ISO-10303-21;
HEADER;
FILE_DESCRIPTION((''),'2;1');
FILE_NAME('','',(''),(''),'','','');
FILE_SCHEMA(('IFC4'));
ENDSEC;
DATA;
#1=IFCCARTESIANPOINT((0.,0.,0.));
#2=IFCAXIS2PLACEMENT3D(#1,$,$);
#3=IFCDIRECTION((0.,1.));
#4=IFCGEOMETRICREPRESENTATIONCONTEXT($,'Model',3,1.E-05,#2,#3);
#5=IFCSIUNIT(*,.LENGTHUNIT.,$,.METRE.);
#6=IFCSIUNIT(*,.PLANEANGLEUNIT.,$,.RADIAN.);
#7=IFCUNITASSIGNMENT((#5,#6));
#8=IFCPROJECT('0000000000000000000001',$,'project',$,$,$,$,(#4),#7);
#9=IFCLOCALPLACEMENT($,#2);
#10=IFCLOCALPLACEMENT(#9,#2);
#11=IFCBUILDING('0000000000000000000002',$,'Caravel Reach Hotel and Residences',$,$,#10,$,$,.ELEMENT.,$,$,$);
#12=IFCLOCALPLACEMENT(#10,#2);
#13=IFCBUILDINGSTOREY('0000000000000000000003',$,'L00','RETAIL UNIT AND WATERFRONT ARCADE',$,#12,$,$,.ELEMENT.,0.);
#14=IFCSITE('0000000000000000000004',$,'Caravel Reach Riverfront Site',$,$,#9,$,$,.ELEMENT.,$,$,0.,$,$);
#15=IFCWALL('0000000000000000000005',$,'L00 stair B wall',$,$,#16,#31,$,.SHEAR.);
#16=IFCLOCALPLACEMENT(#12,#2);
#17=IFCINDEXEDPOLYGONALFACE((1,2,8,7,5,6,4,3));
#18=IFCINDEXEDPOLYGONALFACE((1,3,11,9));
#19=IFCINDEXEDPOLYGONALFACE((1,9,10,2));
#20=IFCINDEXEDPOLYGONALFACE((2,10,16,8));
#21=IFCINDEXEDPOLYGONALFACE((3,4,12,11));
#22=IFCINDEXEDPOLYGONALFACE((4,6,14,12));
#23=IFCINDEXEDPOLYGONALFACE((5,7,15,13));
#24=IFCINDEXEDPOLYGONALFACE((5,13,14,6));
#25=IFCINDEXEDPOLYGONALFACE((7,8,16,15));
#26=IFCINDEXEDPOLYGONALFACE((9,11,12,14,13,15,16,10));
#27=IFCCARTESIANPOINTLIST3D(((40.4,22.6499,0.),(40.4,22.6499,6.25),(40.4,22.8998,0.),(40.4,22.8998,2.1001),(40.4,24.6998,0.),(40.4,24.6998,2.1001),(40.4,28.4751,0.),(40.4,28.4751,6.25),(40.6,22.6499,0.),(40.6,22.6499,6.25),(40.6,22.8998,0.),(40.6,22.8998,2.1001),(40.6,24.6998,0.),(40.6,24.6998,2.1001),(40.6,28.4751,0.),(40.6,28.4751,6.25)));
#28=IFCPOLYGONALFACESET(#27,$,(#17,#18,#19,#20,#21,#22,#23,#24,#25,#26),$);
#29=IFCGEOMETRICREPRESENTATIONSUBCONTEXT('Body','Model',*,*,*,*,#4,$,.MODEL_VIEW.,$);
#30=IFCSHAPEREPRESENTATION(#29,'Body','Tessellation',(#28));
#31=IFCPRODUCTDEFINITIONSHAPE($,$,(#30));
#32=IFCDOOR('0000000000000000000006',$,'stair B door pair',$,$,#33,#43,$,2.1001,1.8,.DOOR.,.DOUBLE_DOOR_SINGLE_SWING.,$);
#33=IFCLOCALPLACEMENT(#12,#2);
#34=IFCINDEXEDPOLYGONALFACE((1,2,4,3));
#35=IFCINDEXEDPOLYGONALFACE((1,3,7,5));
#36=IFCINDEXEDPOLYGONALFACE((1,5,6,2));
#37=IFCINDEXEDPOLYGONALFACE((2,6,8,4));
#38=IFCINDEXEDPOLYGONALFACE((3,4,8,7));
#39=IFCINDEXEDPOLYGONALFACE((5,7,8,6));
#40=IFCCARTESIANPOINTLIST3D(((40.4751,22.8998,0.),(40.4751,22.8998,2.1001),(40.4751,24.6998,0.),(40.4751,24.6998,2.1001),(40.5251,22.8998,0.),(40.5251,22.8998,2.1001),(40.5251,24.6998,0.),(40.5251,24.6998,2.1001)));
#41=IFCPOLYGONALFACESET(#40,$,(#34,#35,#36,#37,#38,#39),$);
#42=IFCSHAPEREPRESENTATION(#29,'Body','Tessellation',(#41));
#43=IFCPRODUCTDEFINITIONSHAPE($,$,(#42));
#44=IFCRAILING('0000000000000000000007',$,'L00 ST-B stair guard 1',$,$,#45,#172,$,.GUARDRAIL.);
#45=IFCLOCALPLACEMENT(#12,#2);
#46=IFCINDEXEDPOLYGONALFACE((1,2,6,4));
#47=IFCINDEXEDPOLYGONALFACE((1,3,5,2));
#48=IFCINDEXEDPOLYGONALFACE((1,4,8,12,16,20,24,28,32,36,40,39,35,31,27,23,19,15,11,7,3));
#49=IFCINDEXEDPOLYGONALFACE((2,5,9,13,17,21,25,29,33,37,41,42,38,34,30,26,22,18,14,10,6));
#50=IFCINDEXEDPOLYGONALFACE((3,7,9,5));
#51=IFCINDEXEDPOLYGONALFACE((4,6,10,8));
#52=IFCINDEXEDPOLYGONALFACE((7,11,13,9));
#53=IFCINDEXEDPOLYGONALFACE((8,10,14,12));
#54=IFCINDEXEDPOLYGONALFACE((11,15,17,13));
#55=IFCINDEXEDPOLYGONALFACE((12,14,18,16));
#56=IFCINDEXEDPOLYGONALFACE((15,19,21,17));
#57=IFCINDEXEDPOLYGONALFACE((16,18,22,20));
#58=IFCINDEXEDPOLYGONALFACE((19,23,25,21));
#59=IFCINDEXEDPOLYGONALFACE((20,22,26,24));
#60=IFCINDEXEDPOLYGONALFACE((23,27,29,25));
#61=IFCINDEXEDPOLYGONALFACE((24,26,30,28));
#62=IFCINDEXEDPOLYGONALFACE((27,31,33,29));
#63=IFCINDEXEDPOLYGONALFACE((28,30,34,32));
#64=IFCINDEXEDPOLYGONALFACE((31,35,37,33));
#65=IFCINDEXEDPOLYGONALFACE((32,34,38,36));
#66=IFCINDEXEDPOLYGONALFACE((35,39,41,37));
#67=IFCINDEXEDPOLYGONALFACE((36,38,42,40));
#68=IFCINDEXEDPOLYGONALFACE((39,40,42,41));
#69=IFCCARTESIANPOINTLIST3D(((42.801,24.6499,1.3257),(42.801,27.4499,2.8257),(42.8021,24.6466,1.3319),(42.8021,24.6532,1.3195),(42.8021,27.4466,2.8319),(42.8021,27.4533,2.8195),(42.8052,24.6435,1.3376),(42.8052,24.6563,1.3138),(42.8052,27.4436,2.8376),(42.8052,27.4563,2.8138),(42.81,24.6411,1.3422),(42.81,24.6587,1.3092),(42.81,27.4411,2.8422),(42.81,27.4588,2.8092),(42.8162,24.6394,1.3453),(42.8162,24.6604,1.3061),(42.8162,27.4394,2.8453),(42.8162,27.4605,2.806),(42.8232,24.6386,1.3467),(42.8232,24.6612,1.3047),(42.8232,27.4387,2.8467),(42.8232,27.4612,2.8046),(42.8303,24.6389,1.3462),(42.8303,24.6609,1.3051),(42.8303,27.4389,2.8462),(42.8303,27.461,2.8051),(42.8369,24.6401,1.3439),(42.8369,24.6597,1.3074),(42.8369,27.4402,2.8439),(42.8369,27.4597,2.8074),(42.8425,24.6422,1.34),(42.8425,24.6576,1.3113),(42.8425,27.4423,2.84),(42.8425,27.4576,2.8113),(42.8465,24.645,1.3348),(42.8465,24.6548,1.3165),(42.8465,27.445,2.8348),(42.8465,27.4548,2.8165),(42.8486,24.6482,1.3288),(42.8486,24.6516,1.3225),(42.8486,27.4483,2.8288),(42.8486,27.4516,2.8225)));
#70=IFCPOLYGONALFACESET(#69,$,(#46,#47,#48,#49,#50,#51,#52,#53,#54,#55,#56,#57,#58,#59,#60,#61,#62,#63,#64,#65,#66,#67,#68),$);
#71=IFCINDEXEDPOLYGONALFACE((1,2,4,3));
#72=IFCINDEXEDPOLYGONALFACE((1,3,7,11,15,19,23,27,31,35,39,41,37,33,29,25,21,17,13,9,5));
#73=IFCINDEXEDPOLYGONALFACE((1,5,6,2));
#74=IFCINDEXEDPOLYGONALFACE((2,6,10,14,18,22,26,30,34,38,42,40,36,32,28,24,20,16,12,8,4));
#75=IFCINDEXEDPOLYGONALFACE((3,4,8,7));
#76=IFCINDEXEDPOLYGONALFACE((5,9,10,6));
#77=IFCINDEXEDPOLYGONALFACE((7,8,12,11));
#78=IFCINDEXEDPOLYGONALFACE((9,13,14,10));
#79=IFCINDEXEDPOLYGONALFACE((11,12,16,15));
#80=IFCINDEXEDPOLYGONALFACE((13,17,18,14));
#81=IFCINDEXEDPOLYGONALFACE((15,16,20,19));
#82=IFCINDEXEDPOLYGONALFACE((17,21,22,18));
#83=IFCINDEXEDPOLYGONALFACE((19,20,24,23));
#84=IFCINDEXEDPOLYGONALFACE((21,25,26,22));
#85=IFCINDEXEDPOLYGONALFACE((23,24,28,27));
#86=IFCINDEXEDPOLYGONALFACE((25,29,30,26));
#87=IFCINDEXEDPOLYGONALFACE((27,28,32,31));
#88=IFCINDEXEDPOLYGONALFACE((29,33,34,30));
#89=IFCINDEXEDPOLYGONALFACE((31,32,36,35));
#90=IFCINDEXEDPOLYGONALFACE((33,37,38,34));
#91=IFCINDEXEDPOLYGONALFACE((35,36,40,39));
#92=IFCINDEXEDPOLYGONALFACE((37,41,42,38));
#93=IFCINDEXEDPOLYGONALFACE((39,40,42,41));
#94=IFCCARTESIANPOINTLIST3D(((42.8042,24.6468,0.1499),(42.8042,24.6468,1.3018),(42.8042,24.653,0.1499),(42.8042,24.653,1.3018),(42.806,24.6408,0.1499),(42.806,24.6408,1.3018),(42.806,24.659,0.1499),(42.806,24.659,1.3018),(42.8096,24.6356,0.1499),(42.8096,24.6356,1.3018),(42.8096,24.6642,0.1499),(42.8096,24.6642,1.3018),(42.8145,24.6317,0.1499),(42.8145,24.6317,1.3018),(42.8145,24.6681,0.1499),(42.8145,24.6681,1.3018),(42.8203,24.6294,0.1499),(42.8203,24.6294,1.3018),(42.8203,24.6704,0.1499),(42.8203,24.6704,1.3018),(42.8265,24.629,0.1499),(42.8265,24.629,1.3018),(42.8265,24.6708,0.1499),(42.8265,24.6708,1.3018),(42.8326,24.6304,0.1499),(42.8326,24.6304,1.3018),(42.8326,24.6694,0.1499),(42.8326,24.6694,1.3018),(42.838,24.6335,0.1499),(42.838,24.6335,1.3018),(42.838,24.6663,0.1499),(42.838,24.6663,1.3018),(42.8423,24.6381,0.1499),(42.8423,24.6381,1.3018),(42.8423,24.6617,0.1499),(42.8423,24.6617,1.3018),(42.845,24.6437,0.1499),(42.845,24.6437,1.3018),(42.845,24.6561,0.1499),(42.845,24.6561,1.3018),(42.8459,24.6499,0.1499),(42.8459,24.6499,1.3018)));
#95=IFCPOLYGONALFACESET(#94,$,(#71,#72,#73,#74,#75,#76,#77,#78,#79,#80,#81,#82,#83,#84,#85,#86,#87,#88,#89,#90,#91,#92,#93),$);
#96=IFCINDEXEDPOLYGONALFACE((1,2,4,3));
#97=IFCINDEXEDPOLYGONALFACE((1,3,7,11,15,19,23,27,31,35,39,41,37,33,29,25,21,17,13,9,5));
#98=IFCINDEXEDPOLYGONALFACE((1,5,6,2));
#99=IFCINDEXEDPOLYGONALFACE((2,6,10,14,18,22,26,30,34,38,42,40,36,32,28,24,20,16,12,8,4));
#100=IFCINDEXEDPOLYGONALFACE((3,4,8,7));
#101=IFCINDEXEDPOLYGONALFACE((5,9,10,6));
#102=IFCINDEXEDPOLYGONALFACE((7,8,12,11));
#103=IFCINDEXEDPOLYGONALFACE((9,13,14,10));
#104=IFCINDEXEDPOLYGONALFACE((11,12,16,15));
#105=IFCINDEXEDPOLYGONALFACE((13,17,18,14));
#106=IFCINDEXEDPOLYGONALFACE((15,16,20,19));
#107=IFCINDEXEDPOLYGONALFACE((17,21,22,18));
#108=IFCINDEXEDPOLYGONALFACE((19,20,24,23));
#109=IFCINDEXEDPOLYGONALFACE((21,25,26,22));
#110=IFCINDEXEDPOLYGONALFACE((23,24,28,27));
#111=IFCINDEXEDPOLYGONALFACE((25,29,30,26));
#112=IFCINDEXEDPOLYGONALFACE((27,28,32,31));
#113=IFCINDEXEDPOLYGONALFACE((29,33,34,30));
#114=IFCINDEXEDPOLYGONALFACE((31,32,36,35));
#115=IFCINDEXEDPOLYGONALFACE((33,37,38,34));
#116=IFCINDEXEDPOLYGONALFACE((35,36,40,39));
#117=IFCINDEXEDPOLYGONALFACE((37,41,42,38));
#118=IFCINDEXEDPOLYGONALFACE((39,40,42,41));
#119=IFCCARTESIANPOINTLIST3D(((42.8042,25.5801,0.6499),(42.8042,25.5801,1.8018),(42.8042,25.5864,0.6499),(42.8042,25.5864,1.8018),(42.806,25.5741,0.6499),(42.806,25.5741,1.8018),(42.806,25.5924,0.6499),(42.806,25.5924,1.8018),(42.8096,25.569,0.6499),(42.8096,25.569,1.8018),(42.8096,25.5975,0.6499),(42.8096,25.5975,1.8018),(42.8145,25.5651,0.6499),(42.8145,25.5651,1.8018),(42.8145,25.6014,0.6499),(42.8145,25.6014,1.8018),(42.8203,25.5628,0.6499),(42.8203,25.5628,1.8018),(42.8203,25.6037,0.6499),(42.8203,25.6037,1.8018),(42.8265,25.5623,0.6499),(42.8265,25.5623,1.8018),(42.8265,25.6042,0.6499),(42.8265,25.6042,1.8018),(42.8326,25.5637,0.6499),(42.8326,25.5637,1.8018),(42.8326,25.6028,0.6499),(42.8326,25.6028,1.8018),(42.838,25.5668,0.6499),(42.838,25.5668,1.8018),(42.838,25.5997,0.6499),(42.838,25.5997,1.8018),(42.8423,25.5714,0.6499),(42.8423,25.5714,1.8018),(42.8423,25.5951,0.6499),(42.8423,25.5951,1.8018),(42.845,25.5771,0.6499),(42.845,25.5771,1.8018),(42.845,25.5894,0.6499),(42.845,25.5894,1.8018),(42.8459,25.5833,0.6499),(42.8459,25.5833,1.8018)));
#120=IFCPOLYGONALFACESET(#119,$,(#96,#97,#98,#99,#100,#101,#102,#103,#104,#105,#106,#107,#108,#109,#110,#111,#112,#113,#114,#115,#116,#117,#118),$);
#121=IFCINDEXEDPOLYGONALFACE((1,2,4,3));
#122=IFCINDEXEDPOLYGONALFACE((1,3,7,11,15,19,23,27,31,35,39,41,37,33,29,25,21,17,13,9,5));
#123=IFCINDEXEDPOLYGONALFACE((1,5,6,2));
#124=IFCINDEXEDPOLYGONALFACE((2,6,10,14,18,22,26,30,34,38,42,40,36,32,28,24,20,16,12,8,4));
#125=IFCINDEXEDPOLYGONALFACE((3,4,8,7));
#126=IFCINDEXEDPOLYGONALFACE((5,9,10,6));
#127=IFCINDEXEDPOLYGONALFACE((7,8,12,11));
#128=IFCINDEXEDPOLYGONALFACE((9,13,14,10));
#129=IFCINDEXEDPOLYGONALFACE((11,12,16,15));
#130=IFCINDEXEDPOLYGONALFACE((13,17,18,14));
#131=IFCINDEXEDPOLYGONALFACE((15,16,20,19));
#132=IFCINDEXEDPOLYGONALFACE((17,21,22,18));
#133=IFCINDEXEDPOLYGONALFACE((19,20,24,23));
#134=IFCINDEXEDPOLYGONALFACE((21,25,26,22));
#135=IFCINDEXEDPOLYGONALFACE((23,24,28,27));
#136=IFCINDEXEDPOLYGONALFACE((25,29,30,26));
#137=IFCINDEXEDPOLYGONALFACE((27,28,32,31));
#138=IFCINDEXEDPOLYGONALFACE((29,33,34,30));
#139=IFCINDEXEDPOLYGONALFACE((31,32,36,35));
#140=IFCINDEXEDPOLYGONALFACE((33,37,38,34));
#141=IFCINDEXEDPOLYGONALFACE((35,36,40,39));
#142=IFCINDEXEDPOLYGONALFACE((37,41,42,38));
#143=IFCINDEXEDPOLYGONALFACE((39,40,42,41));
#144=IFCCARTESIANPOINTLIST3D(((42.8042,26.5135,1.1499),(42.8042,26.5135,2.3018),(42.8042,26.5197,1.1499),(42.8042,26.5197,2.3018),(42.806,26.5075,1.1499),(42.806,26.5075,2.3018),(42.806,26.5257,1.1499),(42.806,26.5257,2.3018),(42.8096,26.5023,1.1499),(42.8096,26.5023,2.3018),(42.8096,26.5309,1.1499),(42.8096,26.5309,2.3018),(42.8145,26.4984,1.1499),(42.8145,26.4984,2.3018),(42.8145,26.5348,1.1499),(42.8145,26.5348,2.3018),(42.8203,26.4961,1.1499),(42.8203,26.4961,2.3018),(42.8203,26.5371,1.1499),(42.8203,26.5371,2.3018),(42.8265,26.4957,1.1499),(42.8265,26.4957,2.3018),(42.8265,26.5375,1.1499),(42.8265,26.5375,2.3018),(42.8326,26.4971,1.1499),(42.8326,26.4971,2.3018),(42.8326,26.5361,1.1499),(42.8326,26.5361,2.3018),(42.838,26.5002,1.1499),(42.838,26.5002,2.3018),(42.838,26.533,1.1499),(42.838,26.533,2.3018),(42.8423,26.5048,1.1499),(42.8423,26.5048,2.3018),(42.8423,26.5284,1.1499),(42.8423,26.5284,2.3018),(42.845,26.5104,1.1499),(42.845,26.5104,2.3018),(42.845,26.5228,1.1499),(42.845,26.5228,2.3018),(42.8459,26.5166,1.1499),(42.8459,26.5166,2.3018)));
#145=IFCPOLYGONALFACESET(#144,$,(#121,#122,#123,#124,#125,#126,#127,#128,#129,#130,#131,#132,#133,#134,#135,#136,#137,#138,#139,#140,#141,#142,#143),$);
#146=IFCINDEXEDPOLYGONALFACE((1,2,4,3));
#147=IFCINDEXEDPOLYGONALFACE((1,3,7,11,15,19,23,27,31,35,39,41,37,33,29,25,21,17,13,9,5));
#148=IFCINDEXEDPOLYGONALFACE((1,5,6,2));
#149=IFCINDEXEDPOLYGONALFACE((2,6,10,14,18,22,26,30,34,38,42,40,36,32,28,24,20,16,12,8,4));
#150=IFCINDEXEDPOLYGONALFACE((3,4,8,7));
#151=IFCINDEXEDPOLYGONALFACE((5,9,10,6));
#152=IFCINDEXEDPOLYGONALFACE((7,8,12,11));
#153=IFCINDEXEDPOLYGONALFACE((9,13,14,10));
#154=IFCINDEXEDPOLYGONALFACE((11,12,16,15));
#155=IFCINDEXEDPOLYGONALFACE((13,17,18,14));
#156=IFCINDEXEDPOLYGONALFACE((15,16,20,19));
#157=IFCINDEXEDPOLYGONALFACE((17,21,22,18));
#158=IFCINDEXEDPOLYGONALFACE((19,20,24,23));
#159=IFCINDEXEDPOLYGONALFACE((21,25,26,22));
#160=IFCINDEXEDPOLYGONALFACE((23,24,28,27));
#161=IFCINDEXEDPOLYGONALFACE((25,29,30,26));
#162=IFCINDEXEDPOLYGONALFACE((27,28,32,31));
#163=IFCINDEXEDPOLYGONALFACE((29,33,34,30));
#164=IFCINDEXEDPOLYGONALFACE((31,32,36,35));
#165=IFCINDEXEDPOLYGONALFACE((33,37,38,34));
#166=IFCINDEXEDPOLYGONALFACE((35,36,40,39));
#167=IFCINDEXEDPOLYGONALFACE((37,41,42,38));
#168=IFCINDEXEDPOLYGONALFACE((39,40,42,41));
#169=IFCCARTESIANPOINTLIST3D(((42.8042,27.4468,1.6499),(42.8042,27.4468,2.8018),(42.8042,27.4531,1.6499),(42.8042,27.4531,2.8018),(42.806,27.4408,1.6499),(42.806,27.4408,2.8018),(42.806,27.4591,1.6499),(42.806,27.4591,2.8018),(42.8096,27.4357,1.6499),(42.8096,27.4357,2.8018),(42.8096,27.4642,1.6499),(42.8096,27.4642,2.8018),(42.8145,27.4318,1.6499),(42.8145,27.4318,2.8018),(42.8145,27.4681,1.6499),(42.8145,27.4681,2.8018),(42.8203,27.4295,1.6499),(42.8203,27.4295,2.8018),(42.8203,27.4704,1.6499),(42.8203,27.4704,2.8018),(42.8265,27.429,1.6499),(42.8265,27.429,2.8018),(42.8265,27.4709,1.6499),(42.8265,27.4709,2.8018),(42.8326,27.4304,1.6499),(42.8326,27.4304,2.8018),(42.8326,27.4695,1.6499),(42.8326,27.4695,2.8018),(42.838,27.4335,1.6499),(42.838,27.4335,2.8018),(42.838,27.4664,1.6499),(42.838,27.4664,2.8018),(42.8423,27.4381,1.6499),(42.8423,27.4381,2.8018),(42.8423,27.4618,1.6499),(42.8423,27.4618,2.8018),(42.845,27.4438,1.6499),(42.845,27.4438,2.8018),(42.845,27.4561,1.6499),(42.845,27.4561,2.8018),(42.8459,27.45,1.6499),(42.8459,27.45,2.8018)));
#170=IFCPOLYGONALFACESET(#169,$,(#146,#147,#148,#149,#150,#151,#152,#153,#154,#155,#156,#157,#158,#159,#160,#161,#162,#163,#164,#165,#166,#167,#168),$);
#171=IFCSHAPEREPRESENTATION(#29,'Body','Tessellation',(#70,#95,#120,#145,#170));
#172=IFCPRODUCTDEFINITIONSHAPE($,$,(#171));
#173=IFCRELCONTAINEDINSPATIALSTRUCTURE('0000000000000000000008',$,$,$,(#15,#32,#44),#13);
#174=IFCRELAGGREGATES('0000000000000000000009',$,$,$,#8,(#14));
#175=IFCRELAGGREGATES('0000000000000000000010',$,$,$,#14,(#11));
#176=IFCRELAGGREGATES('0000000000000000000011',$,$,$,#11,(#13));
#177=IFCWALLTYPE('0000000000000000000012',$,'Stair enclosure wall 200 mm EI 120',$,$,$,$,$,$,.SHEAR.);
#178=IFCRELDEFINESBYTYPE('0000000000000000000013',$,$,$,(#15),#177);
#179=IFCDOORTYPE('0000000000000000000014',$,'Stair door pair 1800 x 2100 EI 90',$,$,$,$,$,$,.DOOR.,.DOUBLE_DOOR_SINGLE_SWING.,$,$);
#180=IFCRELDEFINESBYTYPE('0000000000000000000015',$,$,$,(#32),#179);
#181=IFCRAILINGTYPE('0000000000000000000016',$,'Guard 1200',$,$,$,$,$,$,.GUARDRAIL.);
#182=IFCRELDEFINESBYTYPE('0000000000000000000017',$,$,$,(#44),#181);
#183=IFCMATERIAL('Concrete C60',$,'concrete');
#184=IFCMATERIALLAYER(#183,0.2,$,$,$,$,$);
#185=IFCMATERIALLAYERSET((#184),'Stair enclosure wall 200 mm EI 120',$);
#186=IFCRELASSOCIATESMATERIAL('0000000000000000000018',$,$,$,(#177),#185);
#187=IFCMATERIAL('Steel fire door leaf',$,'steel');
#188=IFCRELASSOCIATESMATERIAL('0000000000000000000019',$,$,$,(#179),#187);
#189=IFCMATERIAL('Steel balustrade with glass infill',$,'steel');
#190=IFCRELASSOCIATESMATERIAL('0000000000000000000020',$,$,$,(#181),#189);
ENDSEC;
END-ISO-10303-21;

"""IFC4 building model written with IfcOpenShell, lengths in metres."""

from ifc_helpers import new_model, si_unit, direction, frame, frame_2d, origin, origin_2d, place, context, subcontext, project, spatial, rectangle, circle, extrude, material, layer, layer_set, type_object, element, fill, save


model = new_model("IFC4")

# Units and contexts
model_context = context("Model", 3, precision=1e-05, world=origin(), true_north=direction((0.0, 1.0)))
body_context = subcontext(model_context, "Body", "Model", "MODEL_VIEW")
ifc_project = project(units=[si_unit("LENGTHUNIT", "METRE"), si_unit("PLANEANGLEUNIT", "RADIAN")], contexts=[model_context])

# Site, building, storey
site_placement = place(None, origin())
site = spatial("IfcSite", under=ifc_project, at=site_placement, Name="Caravel Reach Riverfront Site", CompositionType="ELEMENT", RefElevation=0.0)
building_placement = place(site_placement, origin())
building = spatial("IfcBuilding", under=site, at=building_placement, Name="Caravel Reach Hotel and Residences", CompositionType="ELEMENT")
storey_placement = place(building_placement, origin())
storey = spatial("IfcBuildingStorey", under=building, at=storey_placement, Name="L00", Description="RETAIL UNIT AND WATERFRONT ARCADE", CompositionType="ELEMENT", Elevation=0.0)

# Wall, opening, door
ifc_material_1 = material(Name="Concrete C60", Category="concrete")
ifc_layer_1 = layer(ifc_material_1, 0.2)
ifc_layer_set_1 = layer_set([ifc_layer_1], Name="Stair enclosure wall 200 mm EI 120")
wall_type_1 = type_object("IfcWallType", Name="Stair enclosure wall 200 mm EI 120", PredefinedType="SHEAR", material=ifc_layer_set_1)
wall_1_placement = place(storey_placement, frame((40.5, 22.6499, 0.0), z_axis=(0.0, 0.0, 1.0), x_axis=(0.0, 1.0, 0.0)))
wall_1 = element("IfcWall", 1, at=wall_1_placement, inside=storey, type_object=wall_type_1, Name="L00 stair B wall", PredefinedType="SHEAR", context=body_context, shape_type="SweptSolid", body=[
    extrude(rectangle(XDim=5.8252, YDim=0.2, at=frame_2d((2.9126, 0.0))), origin(), (0.0, 0.0, 1.0), 6.25),
])
opening_1_placement = place(wall_1_placement, frame((0.25, 0.0, 0.0)))
opening_1 = element("IfcOpeningElement", 2, at=opening_1_placement, cuts=wall_1, PredefinedType="OPENING", context=body_context, shape_type="SweptSolid", body=[
    extrude(rectangle(XDim=1.8, YDim=2.1001, at=frame_2d((0.8999, 1.05))), frame((0.0, 0.1099, 0.0), z_axis=(0.0, -1.0, 0.0), x_axis=(1.0, 0.0, 0.0)), (0.0, 0.0, 1.0), 0.22),
])
ifc_material_2 = material(Name="Steel fire door leaf", Category="steel")
door_type_1 = type_object("IfcDoorType", Name="Stair door pair 1800 x 2100 EI 90", OperationType="DOUBLE_DOOR_SINGLE_SWING", PredefinedType="DOOR", material=ifc_material_2)
door_1_placement = place(opening_1_placement, origin())
door_1 = element("IfcDoor", 3, at=door_1_placement, inside=storey, type_object=door_type_1, Name="stair B door pair", OperationType="DOUBLE_DOOR_SINGLE_SWING", OverallHeight=2.1001, OverallWidth=1.8, PredefinedType="DOOR", context=body_context, shape_type="SweptSolid", body=[
    extrude(rectangle(XDim=1.8, YDim=2.1001, at=frame_2d((0.8999, 1.05))), frame((0.0, 0.0249, 0.0), z_axis=(0.0, -1.0, 0.0), x_axis=(1.0, 0.0, 0.0)), (0.0, 0.0, 1.0), 0.05),
])
fill(opening_1, door_1)

# Railing
ifc_material_3 = material(Name="Steel balustrade with glass infill", Category="steel")
railing_type_1 = type_object("IfcRailingType", Name="Guard 1200", PredefinedType="GUARDRAIL", material=ifc_material_3)
railing_1_placement = place(storey_placement, frame((42.825, 24.6499, 0.1499)))
element("IfcRailing", 4, at=railing_1_placement, inside=storey, type_object=railing_type_1, Name="L00 ST-B stair guard 1", PredefinedType="GUARDRAIL", context=body_context, shape_type="SweptSolid", body=[
    extrude(circle(Radius=0.0239, at=origin_2d()), frame((0.0, 0.0, 1.1758), z_axis=(0.0, 0.881483, 0.472215), x_axis=(-1.0, 0.0, 0.0)), (0.0, 0.0, 1.0), 3.1765),
    extrude(circle(Radius=0.021, at=origin_2d()), origin(), (0.0, 0.0, 1.0), 1.1519),
    extrude(circle(Radius=0.021, at=origin_2d()), frame((0.0, 0.9333, 0.5)), (0.0, 0.0, 1.0), 1.1519),
    extrude(circle(Radius=0.021, at=origin_2d()), frame((0.0, 1.8667, 1.0)), (0.0, 0.0, 1.0), 1.1519),
    extrude(circle(Radius=0.021, at=origin_2d()), frame((0.0, 2.8, 1.5)), (0.0, 0.0, 1.0), 1.1519),
])

save(model, "model.ifc")
